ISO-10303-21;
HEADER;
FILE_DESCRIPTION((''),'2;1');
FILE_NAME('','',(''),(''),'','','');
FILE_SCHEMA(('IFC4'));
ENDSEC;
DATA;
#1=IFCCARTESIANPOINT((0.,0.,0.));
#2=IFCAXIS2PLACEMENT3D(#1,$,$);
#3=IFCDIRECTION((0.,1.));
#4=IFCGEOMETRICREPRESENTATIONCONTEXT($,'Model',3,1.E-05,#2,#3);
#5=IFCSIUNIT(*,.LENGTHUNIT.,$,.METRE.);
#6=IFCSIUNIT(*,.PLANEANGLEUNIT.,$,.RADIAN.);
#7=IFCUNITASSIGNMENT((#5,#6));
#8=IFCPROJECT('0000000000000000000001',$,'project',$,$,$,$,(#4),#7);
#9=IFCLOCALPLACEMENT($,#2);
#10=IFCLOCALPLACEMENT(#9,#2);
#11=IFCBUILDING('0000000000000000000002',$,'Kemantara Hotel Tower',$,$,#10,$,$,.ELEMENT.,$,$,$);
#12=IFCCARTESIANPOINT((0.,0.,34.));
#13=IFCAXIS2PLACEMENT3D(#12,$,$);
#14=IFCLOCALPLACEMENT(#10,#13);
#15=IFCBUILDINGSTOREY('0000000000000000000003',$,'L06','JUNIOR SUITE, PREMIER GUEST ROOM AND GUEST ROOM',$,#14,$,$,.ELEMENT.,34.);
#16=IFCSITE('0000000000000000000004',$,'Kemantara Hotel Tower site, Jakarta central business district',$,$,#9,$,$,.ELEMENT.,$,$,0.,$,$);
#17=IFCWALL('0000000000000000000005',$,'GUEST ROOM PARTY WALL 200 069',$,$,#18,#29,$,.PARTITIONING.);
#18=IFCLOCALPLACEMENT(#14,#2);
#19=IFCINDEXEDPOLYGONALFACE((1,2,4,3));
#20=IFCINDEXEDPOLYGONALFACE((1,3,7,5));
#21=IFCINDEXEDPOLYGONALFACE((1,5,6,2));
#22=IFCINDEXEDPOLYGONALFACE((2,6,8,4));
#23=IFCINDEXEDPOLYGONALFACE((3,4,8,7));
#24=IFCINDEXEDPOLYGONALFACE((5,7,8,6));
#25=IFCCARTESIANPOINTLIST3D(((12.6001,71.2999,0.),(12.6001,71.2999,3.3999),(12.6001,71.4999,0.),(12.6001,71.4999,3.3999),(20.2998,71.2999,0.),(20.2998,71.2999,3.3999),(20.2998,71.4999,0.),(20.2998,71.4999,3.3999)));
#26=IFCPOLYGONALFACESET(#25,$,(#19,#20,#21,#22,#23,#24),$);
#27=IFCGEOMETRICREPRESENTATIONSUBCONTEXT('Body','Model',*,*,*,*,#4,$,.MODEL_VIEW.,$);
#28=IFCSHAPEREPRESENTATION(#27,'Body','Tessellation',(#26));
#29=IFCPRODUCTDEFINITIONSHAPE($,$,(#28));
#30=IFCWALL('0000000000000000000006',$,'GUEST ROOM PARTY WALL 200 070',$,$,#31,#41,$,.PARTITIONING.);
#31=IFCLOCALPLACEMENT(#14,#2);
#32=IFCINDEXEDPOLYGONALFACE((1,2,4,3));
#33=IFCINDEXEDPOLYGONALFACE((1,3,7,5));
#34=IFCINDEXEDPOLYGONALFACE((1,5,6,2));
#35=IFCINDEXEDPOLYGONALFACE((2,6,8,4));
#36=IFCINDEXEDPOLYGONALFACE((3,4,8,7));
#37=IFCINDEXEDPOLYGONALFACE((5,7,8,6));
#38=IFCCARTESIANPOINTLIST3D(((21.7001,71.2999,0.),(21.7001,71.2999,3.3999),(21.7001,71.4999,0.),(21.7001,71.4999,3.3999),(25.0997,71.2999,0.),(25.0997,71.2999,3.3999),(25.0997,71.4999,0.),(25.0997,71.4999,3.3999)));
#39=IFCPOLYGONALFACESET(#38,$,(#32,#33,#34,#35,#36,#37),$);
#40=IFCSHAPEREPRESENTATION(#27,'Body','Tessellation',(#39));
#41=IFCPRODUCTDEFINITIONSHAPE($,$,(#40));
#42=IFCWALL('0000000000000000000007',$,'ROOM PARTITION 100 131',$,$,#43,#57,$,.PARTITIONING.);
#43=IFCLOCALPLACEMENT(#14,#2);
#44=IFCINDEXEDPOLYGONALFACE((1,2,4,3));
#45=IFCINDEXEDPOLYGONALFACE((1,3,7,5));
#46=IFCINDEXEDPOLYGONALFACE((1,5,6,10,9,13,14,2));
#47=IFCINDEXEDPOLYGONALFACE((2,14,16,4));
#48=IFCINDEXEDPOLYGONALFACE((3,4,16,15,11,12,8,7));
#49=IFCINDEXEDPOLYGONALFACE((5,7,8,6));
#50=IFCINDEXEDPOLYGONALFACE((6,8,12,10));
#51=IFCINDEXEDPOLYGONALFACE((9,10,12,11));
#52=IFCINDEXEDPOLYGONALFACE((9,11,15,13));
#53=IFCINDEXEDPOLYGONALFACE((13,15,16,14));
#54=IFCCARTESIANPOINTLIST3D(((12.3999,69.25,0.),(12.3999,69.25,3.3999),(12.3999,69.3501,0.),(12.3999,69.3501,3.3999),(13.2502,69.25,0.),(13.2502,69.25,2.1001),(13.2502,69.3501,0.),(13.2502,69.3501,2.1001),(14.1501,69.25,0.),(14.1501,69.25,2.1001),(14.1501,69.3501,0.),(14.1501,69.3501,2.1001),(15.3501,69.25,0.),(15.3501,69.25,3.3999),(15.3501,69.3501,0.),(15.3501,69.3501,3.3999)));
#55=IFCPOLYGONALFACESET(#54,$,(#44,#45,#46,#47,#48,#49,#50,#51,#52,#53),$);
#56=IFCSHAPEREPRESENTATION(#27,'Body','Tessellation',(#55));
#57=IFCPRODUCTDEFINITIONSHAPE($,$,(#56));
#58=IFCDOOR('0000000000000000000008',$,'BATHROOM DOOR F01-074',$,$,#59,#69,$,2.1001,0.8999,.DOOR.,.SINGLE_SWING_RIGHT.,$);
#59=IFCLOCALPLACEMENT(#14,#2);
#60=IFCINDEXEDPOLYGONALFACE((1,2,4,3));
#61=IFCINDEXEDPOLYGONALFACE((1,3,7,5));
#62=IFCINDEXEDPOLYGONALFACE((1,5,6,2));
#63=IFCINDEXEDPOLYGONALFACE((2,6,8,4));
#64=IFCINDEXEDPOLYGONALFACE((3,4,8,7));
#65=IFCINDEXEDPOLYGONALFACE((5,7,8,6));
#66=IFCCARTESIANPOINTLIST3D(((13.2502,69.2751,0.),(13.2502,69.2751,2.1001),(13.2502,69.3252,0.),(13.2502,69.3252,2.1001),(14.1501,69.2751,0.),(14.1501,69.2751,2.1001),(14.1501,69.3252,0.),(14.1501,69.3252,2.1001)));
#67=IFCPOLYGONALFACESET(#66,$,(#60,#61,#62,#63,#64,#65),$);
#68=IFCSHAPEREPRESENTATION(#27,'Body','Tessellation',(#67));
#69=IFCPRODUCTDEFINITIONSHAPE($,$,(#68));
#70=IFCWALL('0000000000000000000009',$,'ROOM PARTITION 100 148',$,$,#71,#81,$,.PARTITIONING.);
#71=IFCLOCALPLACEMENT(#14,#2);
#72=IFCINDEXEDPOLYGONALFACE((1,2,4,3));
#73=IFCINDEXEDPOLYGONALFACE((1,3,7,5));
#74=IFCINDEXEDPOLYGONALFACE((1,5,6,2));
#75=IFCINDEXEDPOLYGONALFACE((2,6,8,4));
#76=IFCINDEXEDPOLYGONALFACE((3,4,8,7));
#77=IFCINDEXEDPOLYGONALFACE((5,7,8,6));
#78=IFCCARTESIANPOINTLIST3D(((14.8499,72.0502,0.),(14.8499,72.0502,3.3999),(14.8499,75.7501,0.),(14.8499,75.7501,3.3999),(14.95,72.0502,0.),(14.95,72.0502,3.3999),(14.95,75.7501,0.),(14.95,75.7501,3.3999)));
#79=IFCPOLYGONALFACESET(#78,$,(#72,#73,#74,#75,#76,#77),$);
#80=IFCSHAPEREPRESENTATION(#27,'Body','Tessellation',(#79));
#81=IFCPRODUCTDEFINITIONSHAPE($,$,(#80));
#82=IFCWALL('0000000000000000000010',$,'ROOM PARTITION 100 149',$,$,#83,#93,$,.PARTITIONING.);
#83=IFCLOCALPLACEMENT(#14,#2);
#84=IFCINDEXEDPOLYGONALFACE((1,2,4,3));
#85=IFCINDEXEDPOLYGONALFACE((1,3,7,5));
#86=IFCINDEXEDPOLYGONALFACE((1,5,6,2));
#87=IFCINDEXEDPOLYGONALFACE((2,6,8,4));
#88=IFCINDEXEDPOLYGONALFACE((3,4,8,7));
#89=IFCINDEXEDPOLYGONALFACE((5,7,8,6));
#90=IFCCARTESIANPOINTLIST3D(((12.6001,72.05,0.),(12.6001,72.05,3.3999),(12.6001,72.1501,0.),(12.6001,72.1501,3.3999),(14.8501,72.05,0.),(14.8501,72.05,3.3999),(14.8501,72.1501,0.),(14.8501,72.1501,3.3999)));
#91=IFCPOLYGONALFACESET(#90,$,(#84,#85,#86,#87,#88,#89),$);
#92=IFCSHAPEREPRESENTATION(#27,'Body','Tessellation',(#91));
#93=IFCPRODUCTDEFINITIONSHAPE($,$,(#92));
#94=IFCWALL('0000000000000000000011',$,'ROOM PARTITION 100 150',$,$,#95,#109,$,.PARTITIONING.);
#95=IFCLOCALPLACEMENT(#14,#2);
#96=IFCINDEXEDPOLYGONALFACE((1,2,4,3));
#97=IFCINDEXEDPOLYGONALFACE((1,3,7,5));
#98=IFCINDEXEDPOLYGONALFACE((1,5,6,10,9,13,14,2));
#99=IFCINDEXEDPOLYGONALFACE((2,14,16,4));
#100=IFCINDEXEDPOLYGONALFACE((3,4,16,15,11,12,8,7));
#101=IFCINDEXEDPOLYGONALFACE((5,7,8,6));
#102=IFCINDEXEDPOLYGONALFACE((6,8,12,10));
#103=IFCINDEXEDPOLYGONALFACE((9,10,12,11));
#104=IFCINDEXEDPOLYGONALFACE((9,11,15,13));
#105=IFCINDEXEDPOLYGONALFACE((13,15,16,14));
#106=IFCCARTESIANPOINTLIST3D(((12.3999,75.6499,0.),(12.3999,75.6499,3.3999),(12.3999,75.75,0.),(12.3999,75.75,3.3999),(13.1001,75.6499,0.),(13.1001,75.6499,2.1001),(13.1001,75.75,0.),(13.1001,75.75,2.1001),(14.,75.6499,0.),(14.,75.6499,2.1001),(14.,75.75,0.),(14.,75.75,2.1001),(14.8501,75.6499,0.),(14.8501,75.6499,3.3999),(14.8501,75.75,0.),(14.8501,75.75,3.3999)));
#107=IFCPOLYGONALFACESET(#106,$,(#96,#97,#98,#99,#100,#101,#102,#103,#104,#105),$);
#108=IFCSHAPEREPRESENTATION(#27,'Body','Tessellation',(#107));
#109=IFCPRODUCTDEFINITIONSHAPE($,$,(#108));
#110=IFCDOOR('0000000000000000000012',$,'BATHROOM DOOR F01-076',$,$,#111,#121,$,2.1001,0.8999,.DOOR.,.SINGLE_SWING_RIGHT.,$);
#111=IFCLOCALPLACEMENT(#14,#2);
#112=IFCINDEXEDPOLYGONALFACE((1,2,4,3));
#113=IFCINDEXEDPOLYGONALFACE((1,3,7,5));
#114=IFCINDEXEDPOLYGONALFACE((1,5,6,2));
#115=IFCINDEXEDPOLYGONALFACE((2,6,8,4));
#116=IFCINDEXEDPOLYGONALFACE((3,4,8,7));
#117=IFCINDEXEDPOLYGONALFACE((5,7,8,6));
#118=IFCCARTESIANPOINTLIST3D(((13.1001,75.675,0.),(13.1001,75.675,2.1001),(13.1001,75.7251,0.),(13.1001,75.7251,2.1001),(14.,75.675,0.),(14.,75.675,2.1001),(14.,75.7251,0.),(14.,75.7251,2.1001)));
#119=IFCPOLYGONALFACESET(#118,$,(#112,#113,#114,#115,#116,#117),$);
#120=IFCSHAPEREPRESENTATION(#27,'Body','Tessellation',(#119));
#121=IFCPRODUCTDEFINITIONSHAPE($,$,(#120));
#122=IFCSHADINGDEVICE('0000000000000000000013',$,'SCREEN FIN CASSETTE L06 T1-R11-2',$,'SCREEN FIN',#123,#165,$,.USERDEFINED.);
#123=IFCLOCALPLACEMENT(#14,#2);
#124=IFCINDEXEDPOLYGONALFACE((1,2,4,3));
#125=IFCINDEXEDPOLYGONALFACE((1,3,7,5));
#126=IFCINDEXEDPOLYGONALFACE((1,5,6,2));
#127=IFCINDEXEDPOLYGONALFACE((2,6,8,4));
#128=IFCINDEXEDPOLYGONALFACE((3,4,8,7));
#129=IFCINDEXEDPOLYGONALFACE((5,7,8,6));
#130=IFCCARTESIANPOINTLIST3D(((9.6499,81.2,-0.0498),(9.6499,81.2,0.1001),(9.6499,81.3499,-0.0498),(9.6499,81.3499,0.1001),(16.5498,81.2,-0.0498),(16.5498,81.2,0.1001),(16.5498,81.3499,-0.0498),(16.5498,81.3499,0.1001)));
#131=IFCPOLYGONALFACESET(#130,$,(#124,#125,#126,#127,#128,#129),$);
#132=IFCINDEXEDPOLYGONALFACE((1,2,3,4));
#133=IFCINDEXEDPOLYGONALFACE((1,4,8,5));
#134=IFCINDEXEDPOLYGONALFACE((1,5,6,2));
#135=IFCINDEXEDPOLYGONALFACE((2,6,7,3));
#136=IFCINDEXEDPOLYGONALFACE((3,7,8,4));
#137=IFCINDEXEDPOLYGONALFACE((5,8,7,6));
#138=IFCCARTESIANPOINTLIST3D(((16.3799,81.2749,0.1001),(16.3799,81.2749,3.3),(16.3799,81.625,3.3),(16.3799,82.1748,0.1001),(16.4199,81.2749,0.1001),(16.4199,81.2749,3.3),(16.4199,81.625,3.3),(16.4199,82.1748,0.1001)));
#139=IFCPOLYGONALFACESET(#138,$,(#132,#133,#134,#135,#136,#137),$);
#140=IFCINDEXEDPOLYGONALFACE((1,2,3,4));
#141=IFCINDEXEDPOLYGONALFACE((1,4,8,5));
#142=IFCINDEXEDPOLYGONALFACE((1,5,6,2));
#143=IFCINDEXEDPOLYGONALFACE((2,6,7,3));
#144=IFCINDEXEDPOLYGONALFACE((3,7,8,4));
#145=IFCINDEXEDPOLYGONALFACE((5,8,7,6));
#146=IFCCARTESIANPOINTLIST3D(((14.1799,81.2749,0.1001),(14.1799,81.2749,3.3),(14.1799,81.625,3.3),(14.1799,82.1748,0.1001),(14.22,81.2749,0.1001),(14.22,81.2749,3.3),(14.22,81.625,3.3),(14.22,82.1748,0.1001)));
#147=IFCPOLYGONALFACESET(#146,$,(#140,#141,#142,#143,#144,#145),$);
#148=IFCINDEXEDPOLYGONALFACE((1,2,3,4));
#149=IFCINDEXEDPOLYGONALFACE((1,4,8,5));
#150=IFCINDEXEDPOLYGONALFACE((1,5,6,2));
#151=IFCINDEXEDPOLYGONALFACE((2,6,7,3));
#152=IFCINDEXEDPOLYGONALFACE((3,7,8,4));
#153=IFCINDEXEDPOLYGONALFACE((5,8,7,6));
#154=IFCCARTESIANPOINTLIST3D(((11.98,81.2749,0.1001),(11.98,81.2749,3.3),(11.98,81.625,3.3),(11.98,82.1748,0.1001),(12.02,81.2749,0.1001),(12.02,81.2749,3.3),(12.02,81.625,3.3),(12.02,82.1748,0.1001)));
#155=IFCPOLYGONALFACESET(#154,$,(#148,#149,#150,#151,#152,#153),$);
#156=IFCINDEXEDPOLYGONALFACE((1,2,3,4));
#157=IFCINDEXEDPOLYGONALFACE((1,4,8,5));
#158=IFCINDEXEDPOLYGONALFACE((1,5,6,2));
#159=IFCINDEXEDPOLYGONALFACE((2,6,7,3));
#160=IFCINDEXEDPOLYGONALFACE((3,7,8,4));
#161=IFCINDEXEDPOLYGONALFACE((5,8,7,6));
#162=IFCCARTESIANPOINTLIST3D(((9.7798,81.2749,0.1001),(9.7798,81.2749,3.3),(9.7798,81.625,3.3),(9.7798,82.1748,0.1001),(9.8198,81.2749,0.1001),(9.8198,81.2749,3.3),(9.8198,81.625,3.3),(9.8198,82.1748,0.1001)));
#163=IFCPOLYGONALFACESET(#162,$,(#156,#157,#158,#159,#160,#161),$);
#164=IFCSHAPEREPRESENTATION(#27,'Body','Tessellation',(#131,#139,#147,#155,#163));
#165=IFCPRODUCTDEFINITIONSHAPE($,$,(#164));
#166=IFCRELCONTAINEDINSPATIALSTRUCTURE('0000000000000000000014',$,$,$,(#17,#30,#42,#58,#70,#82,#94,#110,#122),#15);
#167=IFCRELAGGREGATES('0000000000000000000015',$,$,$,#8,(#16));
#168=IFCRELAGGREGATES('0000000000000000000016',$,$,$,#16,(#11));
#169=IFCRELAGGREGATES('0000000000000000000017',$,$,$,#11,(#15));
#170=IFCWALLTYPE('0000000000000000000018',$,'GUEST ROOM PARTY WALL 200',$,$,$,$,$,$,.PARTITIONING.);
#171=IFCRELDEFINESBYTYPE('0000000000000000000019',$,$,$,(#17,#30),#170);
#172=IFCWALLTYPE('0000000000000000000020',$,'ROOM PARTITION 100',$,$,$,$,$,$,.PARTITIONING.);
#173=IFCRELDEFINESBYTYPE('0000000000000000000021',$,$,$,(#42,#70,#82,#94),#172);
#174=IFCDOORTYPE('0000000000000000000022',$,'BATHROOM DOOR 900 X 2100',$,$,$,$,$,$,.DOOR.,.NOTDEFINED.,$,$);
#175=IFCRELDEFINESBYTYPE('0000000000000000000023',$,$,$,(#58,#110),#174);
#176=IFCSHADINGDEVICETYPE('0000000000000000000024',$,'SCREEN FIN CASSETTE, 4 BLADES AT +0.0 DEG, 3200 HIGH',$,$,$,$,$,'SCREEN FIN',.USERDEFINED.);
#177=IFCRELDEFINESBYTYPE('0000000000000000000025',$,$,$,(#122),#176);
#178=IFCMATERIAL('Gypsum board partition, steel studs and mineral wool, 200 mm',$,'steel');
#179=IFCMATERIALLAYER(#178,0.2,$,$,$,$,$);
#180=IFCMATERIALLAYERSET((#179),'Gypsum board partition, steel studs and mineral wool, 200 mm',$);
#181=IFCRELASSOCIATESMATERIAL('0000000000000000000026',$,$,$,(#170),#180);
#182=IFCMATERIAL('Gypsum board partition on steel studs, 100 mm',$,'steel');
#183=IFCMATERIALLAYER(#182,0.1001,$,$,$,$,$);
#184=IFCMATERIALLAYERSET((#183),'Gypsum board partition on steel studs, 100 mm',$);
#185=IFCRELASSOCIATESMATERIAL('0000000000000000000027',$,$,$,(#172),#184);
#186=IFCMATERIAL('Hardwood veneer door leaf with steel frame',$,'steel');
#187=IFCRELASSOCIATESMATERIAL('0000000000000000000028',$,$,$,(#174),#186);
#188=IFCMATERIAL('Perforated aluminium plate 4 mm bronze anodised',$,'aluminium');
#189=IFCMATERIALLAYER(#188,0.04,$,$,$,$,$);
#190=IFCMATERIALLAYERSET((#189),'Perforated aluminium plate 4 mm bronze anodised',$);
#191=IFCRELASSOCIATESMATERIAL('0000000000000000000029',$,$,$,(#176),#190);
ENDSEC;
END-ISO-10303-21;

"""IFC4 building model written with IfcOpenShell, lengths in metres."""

from ifc_helpers import new_model, si_unit, direction, frame, frame_2d, origin, origin_2d, place, context, subcontext, project, spatial, polyline, rectangle, outline, extrude, source, transform, mapped, material, layer, layer_set, type_object, element, fill, save


model = new_model("IFC4")

# Units and contexts
model_context = context("Model", 3, precision=1e-05, world=origin(), true_north=direction((0.0, 1.0)))
body_context = subcontext(model_context, "Body", "Model", "MODEL_VIEW")
ifc_project = project(units=[si_unit("LENGTHUNIT", "METRE"), si_unit("PLANEANGLEUNIT", "RADIAN")], contexts=[model_context])

# Site, building, storey
site_placement = place(None, origin())
site = spatial("IfcSite", under=ifc_project, at=site_placement, Name="Kemantara Hotel Tower site, Jakarta central business district", CompositionType="ELEMENT", RefElevation=0.0)
building_placement = place(site_placement, origin())
building = spatial("IfcBuilding", under=site, at=building_placement, Name="Kemantara Hotel Tower", CompositionType="ELEMENT")
storey_placement = place(building_placement, frame((0.0, 0.0, 34.0)))
storey = spatial("IfcBuildingStorey", under=building, at=storey_placement, Name="L06", Description="JUNIOR SUITE, PREMIER GUEST ROOM AND GUEST ROOM", CompositionType="ELEMENT", Elevation=34.0)

# Shared definitions
ifc_material_1 = material(Name="Gypsum board partition, steel studs and mineral wool, 200 mm", Category="steel")
ifc_material_2 = material(Name="Hardwood veneer door leaf with steel frame", Category="steel")

# Walls
ifc_layer_1 = layer(ifc_material_1, 0.2)
ifc_layer_set_1 = layer_set([ifc_layer_1], Name="Gypsum board partition, steel studs and mineral wool, 200 mm")
wall_type_1 = type_object("IfcWallType", Name="GUEST ROOM PARTY WALL 200", PredefinedType="PARTITIONING", material=ifc_layer_set_1)
wall_1_placement = place(storey_placement, frame((12.6001, 71.3999, 0.0), z_axis=(0.0, 0.0, 1.0), x_axis=(1.0, 0.0, 0.0)))
element("IfcWall", 1, at=wall_1_placement, inside=storey, type_object=wall_type_1, Name="GUEST ROOM PARTY WALL 200 069", PredefinedType="PARTITIONING", context=body_context, shape_type="SweptSolid", body=[
    extrude(rectangle(XDim=7.6997, YDim=0.2, at=frame_2d((3.8499, 0.0))), origin(), (0.0, 0.0, 1.0), 3.3999),
])
wall_2_placement = place(storey_placement, frame((21.7002, 71.3999, 0.0), z_axis=(0.0, 0.0, 1.0), x_axis=(1.0, 0.0, 0.0)))
element("IfcWall", 2, at=wall_2_placement, inside=storey, type_object=wall_type_1, Name="GUEST ROOM PARTY WALL 200 070", PredefinedType="PARTITIONING", context=body_context, shape_type="SweptSolid", body=[
    extrude(rectangle(XDim=3.3997, YDim=0.2, at=frame_2d((1.6997, 0.0))), origin(), (0.0, 0.0, 1.0), 3.3999),
])

# Wall, opening, door
ifc_material_3 = material(Name="Gypsum board partition on steel studs, 100 mm", Category="steel")
ifc_layer_2 = layer(ifc_material_3, 0.1001)
ifc_layer_set_2 = layer_set([ifc_layer_2], Name="Gypsum board partition on steel studs, 100 mm")
wall_type_2 = type_object("IfcWallType", Name="ROOM PARTITION 100", PredefinedType="PARTITIONING", material=ifc_layer_set_2)
wall_3_placement = place(storey_placement, frame((15.3501, 69.3, 0.0), z_axis=(0.0, 0.0, 1.0), x_axis=(-1.0, 0.0, 0.0)))
wall_3 = element("IfcWall", 3, at=wall_3_placement, inside=storey, type_object=wall_type_2, Name="ROOM PARTITION 100 131", PredefinedType="PARTITIONING", context=body_context, shape_type="SweptSolid", body=[
    extrude(rectangle(XDim=2.9502, YDim=0.1001, at=frame_2d((1.4751, 0.0))), origin(), (0.0, 0.0, 1.0), 3.3999),
])
opening_1_placement = place(wall_3_placement, frame((1.2, 0.0, 0.0)))
opening_1 = element("IfcOpeningElement", 4, at=opening_1_placement, cuts=wall_3, PredefinedType="OPENING", context=body_context, shape_type="SweptSolid", body=[
    extrude(rectangle(XDim=0.8999, YDim=2.1001, at=frame_2d((0.45, 1.05))), frame((0.0, 0.0601, 0.0), z_axis=(0.0, -1.0, 0.0), x_axis=(1.0, 0.0, 0.0)), (0.0, 0.0, 1.0), 0.1201),
])
door_type_1 = type_object("IfcDoorType", Name="BATHROOM DOOR 900 X 2100", OperationType="NOTDEFINED", PredefinedType="DOOR", material=ifc_material_2)
door_1_placement = place(opening_1_placement, origin())
door_1 = element("IfcDoor", 5, at=door_1_placement, inside=storey, type_object=door_type_1, Name="BATHROOM DOOR F01-074", OperationType="SINGLE_SWING_RIGHT", OverallHeight=2.1001, OverallWidth=0.8999, PredefinedType="DOOR", context=body_context, shape_type="SweptSolid", body=[
    extrude(rectangle(XDim=0.8999, YDim=2.1001, at=frame_2d((0.45, 1.05))), frame((0.0, 0.0249, 0.0), z_axis=(0.0, -1.0, 0.0), x_axis=(1.0, 0.0, 0.0)), (0.0, 0.0, 1.0), 0.05),
])
fill(opening_1, door_1)

# Walls
wall_4_placement = place(storey_placement, frame((14.8999, 72.05, 0.0), z_axis=(0.0, 0.0, 1.0), x_axis=(0.0, 1.0, 0.0)))
element("IfcWall", 6, at=wall_4_placement, inside=storey, type_object=wall_type_2, Name="ROOM PARTITION 100 148", PredefinedType="PARTITIONING", context=body_context, shape_type="SweptSolid", body=[
    extrude(rectangle(XDim=3.7, YDim=0.1001, at=frame_2d((1.8501, 0.0))), origin(), (0.0, 0.0, 1.0), 3.3999),
])
wall_5_placement = place(storey_placement, frame((12.6001, 72.1001, 0.0), z_axis=(0.0, 0.0, 1.0), x_axis=(1.0, 0.0, 0.0)))
element("IfcWall", 7, at=wall_5_placement, inside=storey, type_object=wall_type_2, Name="ROOM PARTITION 100 149", PredefinedType="PARTITIONING", context=body_context, shape_type="SweptSolid", body=[
    extrude(rectangle(XDim=2.25, YDim=0.1001, at=frame_2d((1.125, 0.0))), origin(), (0.0, 0.0, 1.0), 3.3999),
])

# Wall, opening, door
wall_6_placement = place(storey_placement, frame((14.8501, 75.7, 0.0), z_axis=(0.0, 0.0, 1.0), x_axis=(-1.0, 0.0, 0.0)))
wall_6 = element("IfcWall", 8, at=wall_6_placement, inside=storey, type_object=wall_type_2, Name="ROOM PARTITION 100 150", PredefinedType="PARTITIONING", context=body_context, shape_type="SweptSolid", body=[
    extrude(rectangle(XDim=2.4502, YDim=0.1001, at=frame_2d((1.2251, 0.0))), origin(), (0.0, 0.0, 1.0), 3.3999),
])
opening_2_placement = place(wall_6_placement, frame((0.8501, 0.0, 0.0)))
opening_2 = element("IfcOpeningElement", 9, at=opening_2_placement, cuts=wall_6, PredefinedType="OPENING", context=body_context, shape_type="SweptSolid", body=[
    extrude(rectangle(XDim=0.8999, YDim=2.1001, at=frame_2d((0.45, 1.05))), frame((0.0, 0.0601, 0.0), z_axis=(0.0, -1.0, 0.0), x_axis=(1.0, 0.0, 0.0)), (0.0, 0.0, 1.0), 0.1201),
])
door_2_placement = place(opening_2_placement, origin())
door_2 = element("IfcDoor", 10, at=door_2_placement, inside=storey, type_object=door_type_1, Name="BATHROOM DOOR F01-076", OperationType="SINGLE_SWING_RIGHT", OverallHeight=2.1001, OverallWidth=0.8999, PredefinedType="DOOR", context=body_context, shape_type="SweptSolid", body=[
    extrude(rectangle(XDim=0.8999, YDim=2.1001, at=frame_2d((0.45, 1.05))), frame((0.0, 0.0249, 0.0), z_axis=(0.0, -1.0, 0.0), x_axis=(1.0, 0.0, 0.0)), (0.0, 0.0, 1.0), 0.05),
])
fill(opening_2, door_2)

# Shading device
ifc_material_4 = material(Name="Perforated aluminium plate 4 mm bronze anodised", Category="aluminium")
ifc_layer_3 = layer(ifc_material_4, 0.04)
ifc_layer_set_3 = layer_set([ifc_layer_3], Name="Perforated aluminium plate 4 mm bronze anodised")
shading_device_type_1 = type_object("IfcShadingDeviceType", Name="SCREEN FIN CASSETTE, 4 BLADES AT +0.0 DEG, 3200 HIGH", ElementType="SCREEN FIN", PredefinedType="USERDEFINED", material=ifc_layer_set_3)
shared_shape_1 = source(origin(), body_context, "Body", "SweptSolid", [
    extrude(rectangle(XDim=6.8999, YDim=0.1499, at=origin_2d()), frame((3.3, -0.075, -0.1499), z_axis=(0.0, 0.0, 1.0), x_axis=(1.0, 0.0, 0.0)), (0.0, 0.0, 1.0), 0.1499),
    extrude(outline(polyline([(0.0, 0.0), (0.8999, 0.0), (0.3501, 3.2), (0.0, 3.2), (0.0, 0.0)])), frame((0.02, -0.075, 0.0), z_axis=(-1.0, 0.0, 0.0), x_axis=(0.0, -1.0, 0.0)), (0.0, 0.0, 1.0), 0.04),
    extrude(outline(polyline([(0.0, 0.0), (0.8999, 0.0), (0.3501, 3.2), (0.0, 3.2), (0.0, 0.0)])), frame((2.22, -0.075, 0.0), z_axis=(-1.0, 0.0, 0.0), x_axis=(0.0, -1.0, 0.0)), (0.0, 0.0, 1.0), 0.04),
    extrude(outline(polyline([(0.0, 0.0), (0.8999, 0.0), (0.3501, 3.2), (0.0, 3.2), (0.0, 0.0)])), frame((4.4199, -0.075, 0.0), z_axis=(-1.0, 0.0, 0.0), x_axis=(0.0, -1.0, 0.0)), (0.0, 0.0, 1.0), 0.04),
    extrude(outline(polyline([(0.0, 0.0), (0.8999, 0.0), (0.3501, 3.2), (0.0, 3.2), (0.0, 0.0)])), frame((6.6201, -0.075, 0.0), z_axis=(-1.0, 0.0, 0.0), x_axis=(0.0, -1.0, 0.0)), (0.0, 0.0, 1.0), 0.04),
])
shading_device_1_placement = place(storey_placement, frame((16.3999, 81.2, 0.1001), z_axis=(0.0, 0.0, 1.0), x_axis=(-1.0, 0.0, 0.0)))
element("IfcShadingDevice", 11, at=shading_device_1_placement, inside=storey, type_object=shading_device_type_1, Name="SCREEN FIN CASSETTE L06 T1-R11-2", ObjectType="SCREEN FIN", PredefinedType="USERDEFINED", context=body_context, shape_type="MappedRepresentation", body=[
    mapped(shared_shape_1, transform((0.0, 0.0, 0.0))),
])

save(model, "model.ifc")
